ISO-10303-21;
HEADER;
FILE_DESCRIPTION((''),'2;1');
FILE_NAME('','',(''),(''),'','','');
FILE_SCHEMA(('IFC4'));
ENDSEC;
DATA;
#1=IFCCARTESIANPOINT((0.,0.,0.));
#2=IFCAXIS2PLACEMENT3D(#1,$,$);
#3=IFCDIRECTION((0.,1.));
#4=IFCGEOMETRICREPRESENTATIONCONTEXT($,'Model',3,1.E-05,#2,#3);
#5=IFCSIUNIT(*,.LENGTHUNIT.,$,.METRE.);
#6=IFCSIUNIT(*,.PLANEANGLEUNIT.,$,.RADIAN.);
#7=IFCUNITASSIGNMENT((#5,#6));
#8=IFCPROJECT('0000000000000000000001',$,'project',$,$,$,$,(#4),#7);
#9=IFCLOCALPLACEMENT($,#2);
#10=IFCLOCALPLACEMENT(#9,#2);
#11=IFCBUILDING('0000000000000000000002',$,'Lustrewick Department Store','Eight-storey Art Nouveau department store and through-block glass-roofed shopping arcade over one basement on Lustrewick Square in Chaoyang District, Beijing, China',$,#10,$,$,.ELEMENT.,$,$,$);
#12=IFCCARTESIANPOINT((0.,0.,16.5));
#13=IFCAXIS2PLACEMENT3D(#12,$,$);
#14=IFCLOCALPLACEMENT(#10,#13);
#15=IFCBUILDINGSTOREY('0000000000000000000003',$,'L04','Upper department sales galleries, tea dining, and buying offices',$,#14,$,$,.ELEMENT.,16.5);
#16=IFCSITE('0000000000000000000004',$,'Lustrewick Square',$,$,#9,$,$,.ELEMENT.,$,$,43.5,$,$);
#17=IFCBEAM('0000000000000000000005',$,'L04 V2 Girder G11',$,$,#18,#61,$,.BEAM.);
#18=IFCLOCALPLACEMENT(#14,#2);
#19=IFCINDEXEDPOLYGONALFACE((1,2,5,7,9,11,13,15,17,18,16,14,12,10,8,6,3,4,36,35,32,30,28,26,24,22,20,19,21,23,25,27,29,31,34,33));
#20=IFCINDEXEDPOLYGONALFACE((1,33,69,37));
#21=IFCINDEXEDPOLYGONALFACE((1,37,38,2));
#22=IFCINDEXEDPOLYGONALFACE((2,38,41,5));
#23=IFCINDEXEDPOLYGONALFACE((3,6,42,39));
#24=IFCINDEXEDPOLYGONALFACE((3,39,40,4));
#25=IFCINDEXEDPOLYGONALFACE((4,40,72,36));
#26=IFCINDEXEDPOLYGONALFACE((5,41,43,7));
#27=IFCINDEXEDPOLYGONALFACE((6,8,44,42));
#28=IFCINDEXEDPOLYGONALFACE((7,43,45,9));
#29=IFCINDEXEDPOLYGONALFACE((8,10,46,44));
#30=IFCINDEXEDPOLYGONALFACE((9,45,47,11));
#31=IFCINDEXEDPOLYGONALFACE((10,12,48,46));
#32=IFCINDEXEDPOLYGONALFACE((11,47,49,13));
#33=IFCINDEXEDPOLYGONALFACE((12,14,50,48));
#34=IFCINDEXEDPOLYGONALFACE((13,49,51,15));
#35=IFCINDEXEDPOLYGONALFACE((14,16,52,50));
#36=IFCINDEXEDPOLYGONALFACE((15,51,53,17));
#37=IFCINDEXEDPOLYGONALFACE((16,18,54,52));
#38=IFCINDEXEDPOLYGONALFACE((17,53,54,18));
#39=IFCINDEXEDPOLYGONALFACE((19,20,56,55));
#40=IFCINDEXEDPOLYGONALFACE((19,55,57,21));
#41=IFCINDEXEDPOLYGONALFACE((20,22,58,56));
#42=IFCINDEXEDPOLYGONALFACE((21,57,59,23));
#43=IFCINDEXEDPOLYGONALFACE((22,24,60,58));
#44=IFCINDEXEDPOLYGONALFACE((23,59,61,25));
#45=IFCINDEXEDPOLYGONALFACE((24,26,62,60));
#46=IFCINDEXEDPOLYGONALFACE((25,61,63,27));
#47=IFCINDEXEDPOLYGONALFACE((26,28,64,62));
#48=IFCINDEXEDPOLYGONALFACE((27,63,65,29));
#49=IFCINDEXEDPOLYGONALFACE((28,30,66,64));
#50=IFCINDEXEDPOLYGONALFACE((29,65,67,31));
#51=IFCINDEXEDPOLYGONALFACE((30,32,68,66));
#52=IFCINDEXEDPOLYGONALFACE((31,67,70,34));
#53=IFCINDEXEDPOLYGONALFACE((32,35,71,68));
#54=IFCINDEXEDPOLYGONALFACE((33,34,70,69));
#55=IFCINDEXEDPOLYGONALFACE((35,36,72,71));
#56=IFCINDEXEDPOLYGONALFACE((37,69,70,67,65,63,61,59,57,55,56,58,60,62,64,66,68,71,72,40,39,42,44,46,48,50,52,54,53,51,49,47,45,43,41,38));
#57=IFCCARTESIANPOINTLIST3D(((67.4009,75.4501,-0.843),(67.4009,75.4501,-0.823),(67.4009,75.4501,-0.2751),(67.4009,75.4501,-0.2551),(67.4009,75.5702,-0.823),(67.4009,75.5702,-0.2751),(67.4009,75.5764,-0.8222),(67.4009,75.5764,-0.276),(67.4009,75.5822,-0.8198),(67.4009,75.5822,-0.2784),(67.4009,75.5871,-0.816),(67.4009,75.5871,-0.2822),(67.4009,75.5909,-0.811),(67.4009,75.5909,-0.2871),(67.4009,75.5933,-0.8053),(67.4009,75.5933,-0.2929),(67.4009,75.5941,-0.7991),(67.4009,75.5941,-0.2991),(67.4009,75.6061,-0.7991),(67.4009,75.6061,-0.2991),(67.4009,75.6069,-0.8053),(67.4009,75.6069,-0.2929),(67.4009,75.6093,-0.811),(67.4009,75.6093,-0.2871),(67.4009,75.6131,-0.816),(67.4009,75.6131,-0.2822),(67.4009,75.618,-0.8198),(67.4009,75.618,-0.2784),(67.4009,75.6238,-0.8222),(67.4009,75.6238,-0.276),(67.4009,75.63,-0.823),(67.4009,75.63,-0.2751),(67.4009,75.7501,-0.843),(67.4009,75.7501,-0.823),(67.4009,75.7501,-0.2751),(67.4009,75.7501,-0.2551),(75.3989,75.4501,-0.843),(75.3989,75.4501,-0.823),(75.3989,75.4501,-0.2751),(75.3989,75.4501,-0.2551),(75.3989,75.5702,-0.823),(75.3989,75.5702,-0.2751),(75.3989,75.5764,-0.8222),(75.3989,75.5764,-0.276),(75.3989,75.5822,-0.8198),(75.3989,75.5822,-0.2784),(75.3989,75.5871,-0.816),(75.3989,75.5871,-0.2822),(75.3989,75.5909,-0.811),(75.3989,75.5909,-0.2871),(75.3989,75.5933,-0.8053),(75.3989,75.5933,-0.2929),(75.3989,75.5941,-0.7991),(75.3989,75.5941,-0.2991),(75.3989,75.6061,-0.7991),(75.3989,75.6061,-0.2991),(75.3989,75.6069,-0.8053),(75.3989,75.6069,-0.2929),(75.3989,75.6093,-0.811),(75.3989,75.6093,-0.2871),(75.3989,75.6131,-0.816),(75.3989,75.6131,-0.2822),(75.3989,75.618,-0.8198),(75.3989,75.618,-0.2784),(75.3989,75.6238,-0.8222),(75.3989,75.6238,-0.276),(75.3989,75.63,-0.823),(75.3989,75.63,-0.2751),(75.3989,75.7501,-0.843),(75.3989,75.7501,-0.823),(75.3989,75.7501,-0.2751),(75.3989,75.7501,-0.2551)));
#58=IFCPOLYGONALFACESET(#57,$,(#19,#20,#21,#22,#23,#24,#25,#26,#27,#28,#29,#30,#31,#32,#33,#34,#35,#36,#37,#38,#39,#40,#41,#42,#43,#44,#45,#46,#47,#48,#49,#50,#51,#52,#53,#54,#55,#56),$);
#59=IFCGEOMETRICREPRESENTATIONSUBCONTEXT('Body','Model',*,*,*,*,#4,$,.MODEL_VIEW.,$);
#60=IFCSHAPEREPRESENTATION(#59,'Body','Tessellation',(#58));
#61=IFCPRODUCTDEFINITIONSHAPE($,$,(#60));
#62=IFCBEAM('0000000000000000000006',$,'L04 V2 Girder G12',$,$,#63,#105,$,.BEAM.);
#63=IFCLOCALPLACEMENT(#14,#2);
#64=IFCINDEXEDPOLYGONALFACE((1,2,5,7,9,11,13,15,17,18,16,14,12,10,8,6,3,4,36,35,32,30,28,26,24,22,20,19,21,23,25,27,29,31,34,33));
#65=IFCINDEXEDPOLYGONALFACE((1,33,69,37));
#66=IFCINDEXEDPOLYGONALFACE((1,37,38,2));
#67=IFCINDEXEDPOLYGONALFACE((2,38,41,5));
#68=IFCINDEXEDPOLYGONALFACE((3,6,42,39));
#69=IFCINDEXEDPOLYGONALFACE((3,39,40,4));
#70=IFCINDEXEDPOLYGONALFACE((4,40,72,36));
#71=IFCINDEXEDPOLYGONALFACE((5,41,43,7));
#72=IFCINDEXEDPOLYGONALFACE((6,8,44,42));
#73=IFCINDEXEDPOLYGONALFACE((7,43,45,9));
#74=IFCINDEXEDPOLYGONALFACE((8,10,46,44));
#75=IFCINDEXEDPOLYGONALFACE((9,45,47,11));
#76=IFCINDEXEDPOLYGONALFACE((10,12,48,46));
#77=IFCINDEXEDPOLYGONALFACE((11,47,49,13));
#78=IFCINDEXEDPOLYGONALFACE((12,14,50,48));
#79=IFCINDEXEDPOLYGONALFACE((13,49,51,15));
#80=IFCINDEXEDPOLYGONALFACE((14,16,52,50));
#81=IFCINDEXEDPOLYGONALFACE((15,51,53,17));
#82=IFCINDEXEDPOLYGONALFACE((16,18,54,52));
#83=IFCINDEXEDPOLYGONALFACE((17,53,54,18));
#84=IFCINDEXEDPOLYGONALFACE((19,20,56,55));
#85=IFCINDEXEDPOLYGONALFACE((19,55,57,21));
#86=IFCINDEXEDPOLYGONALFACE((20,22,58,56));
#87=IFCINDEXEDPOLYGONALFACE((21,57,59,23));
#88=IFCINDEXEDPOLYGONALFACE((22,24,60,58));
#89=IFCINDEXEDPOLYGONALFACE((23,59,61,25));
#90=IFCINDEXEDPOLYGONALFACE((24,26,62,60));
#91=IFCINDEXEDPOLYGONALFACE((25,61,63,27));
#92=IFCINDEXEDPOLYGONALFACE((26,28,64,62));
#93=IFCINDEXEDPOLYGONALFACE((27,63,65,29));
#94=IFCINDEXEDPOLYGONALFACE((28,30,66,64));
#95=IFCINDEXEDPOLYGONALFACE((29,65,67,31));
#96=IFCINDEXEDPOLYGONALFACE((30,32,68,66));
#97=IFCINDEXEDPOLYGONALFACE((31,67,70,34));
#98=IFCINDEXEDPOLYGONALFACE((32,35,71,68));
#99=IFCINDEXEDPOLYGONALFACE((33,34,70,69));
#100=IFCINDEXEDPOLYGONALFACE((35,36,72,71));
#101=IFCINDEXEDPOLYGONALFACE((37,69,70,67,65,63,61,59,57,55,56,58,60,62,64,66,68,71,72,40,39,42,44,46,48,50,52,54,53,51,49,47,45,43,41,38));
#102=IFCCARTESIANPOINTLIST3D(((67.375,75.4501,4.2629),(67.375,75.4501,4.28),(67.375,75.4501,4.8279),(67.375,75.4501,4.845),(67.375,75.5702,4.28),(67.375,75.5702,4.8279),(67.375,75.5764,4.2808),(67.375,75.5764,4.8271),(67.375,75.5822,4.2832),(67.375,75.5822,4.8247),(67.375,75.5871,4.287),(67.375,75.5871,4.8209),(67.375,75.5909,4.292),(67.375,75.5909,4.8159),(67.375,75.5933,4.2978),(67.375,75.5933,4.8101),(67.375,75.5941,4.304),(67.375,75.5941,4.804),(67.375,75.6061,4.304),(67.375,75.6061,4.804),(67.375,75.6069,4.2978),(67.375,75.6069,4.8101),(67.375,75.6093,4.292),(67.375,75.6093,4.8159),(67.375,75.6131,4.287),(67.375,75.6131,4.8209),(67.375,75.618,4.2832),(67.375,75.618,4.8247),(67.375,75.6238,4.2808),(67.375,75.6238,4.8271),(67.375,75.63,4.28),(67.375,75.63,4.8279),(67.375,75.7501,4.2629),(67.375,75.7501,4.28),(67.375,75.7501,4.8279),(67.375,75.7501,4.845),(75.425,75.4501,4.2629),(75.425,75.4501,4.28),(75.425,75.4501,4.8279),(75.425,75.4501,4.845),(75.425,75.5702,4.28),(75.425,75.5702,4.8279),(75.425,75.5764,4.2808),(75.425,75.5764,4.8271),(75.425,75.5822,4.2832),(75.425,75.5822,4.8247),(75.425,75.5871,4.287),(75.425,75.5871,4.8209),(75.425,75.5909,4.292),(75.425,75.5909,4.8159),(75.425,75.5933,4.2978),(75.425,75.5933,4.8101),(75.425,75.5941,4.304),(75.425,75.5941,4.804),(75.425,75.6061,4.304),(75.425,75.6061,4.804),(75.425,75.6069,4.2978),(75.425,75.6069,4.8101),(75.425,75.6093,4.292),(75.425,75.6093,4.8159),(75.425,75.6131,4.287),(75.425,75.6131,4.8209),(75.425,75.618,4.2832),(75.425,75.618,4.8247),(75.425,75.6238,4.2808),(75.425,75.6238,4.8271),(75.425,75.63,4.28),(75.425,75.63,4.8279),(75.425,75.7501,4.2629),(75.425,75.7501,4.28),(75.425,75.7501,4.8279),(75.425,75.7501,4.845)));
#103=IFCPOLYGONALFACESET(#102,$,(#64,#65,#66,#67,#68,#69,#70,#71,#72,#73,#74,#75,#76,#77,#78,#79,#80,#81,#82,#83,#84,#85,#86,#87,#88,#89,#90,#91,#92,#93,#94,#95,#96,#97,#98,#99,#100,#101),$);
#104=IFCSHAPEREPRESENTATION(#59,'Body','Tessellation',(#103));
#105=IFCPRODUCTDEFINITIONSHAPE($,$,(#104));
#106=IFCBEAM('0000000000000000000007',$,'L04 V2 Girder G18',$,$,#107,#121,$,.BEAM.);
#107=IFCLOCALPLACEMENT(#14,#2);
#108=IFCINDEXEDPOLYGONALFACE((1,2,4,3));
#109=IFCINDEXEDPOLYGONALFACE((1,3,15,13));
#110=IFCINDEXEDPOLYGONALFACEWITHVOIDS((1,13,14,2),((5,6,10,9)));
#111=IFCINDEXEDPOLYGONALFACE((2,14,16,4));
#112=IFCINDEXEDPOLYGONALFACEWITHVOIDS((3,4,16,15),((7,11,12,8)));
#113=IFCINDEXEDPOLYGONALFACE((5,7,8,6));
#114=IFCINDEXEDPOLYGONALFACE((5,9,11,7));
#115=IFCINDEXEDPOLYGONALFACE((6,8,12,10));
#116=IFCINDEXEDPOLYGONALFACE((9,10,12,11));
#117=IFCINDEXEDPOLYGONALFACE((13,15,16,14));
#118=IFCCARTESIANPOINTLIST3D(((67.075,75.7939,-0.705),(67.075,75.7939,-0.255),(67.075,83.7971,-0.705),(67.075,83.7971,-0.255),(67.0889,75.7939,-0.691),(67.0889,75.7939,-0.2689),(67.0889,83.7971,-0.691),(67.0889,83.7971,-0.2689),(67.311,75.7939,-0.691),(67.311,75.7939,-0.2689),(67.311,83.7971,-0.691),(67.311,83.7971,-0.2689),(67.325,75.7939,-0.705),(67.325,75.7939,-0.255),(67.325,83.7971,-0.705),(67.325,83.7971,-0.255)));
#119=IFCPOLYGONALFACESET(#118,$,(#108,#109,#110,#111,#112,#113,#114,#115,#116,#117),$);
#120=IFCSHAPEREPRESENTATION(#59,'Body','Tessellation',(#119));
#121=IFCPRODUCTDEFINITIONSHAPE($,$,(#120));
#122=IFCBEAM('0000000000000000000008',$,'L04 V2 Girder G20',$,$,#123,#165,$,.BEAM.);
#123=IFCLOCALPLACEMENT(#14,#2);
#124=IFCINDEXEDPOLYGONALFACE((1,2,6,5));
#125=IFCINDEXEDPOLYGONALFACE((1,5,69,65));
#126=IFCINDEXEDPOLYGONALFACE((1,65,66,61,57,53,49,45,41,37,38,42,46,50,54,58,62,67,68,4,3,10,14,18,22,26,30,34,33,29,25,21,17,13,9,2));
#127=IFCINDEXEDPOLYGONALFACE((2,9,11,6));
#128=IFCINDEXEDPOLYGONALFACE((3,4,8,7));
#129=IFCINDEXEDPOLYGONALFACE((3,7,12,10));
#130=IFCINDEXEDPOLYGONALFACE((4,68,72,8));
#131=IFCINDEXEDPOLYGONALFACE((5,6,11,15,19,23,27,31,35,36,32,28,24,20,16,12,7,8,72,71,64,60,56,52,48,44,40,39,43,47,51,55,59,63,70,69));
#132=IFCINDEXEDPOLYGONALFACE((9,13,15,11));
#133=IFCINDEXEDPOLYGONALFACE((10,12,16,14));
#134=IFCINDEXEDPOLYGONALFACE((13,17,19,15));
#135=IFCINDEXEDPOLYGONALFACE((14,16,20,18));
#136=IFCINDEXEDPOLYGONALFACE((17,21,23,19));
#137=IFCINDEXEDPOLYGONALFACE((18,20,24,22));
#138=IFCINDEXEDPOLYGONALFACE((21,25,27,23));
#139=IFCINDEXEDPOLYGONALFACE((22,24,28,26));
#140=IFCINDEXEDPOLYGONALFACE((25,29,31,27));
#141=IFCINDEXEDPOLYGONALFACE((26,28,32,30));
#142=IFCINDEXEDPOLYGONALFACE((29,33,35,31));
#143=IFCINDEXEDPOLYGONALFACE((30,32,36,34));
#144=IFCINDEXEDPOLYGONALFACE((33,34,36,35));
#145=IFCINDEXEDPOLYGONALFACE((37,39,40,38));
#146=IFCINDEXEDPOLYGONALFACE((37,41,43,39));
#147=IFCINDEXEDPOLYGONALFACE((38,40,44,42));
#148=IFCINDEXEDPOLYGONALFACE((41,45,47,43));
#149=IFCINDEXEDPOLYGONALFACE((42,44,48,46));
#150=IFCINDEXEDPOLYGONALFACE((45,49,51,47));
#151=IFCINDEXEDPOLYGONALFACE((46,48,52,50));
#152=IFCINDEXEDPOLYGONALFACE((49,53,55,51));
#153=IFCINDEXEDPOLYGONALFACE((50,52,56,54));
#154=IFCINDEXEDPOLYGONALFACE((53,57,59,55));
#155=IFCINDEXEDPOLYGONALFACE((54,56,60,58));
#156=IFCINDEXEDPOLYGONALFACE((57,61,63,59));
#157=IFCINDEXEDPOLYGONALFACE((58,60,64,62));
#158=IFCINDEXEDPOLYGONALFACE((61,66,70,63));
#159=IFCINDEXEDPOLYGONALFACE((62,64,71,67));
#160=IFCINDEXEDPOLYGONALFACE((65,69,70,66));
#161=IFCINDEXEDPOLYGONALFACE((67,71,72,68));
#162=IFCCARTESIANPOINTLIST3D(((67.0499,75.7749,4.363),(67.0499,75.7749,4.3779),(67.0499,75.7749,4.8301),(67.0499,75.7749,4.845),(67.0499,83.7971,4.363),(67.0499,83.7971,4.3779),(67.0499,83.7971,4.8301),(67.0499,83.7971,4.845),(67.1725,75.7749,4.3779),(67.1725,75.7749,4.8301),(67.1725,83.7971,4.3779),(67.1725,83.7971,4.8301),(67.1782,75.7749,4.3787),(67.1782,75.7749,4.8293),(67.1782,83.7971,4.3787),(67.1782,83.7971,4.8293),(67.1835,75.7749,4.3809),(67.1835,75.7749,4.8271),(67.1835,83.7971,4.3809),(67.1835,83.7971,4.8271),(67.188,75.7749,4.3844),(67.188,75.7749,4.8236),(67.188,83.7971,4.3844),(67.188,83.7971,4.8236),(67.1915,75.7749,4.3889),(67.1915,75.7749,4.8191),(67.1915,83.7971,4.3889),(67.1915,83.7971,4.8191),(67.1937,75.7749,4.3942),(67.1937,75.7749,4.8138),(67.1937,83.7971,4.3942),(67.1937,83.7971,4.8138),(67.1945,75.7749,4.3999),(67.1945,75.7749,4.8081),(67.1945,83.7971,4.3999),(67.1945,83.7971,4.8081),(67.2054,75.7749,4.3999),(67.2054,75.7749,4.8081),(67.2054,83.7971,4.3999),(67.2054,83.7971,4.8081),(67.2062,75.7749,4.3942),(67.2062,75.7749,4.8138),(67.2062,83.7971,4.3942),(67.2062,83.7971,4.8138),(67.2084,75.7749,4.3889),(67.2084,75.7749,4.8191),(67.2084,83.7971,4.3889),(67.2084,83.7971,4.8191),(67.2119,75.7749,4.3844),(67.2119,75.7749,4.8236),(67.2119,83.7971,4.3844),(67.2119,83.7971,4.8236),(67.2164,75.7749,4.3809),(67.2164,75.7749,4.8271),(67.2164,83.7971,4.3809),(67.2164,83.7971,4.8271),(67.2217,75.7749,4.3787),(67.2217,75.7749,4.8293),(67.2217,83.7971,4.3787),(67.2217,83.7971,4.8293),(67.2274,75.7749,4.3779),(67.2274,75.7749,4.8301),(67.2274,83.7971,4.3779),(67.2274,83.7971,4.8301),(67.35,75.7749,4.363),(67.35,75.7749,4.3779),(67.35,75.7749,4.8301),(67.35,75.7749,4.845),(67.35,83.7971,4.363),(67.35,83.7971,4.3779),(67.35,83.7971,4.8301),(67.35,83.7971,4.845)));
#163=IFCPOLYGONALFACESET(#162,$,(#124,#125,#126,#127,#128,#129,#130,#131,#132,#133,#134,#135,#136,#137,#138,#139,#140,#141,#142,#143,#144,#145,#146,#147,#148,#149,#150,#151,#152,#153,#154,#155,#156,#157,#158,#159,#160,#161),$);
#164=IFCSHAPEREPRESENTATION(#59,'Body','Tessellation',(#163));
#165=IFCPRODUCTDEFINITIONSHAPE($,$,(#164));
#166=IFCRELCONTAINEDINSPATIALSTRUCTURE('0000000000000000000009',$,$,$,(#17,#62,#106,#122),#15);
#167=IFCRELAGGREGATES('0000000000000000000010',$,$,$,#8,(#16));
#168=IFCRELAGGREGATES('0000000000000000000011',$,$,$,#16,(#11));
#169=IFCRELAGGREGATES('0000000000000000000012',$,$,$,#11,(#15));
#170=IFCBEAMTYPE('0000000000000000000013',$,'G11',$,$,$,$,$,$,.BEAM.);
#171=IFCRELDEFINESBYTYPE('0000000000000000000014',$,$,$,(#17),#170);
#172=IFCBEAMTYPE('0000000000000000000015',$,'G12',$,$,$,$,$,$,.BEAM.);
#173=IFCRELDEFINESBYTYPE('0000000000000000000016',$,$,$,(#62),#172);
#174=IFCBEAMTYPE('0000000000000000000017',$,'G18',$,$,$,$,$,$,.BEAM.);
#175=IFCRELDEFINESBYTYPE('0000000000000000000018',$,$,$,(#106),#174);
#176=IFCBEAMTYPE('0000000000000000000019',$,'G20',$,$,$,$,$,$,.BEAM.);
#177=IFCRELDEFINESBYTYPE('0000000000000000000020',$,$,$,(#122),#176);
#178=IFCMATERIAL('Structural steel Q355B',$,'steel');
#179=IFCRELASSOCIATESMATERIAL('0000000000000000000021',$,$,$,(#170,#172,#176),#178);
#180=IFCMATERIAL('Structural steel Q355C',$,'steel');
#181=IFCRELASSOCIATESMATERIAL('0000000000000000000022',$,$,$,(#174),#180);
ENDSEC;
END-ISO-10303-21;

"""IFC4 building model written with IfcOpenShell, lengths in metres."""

from ifc_helpers import new_model, si_unit, direction, frame, origin, origin_2d, place, context, subcontext, project, spatial, hollow_rectangle, i_section, extrude, material, material_profile, profile_set, type_object, element, save


model = new_model("IFC4")

# Units and contexts
model_context = context("Model", 3, precision=1e-05, world=origin(), true_north=direction((0.0, 1.0)))
body_context = subcontext(model_context, "Body", "Model", "MODEL_VIEW")
ifc_project = project(units=[si_unit("LENGTHUNIT", "METRE"), si_unit("PLANEANGLEUNIT", "RADIAN")], contexts=[model_context])

# Site, building, storey
site_placement = place(None, origin())
site = spatial("IfcSite", under=ifc_project, at=site_placement, Name="Lustrewick Square", CompositionType="ELEMENT", RefElevation=43.5)
building_placement = place(site_placement, origin())
building = spatial("IfcBuilding", under=site, at=building_placement, Name="Lustrewick Department Store", Description="Eight-storey Art Nouveau department store and through-block glass-roofed shopping arcade over one basement on Lustrewick Square in Chaoyang District, Beijing, China", CompositionType="ELEMENT")
storey_placement = place(building_placement, frame((0.0, 0.0, 16.5)))
storey = spatial("IfcBuildingStorey", under=building, at=storey_placement, Name="L04", Description="Upper department sales galleries, tea dining, and buying offices", CompositionType="ELEMENT", Elevation=16.5)

# Shared definitions
ifc_material_1 = material(Name="Structural steel Q355B", Category="steel")
ifc_material_2 = material(Name="Structural steel Q355C", Category="steel")

# Beams
ifc_material_profile_1 = material_profile(ifc_material_1, i_section(OverallWidth=0.3, OverallDepth=0.5879, WebThickness=0.012, FlangeThickness=0.02, FilletRadius=0.0239, at=origin_2d()), Name="HM 588x300x12x20")
ifc_profile_set_1 = profile_set([ifc_material_profile_1], Name="Structural steel Q355B")
beam_type_1 = type_object("IfcBeamType", Name="G11", PredefinedType="BEAM", material=ifc_profile_set_1)
beam_1_placement = place(storey_placement, frame((67.4009, 75.6001, -0.5491), z_axis=(1.0, 0.0, 0.0), x_axis=(0.0, 1.0, 0.0)))
element("IfcBeam", 1, at=beam_1_placement, inside=storey, type_object=beam_type_1, Name="L04 V2 Girder G11", PredefinedType="BEAM", context=body_context, shape_type="SweptSolid", body=[
    extrude(i_section(OverallWidth=0.3, OverallDepth=0.5879, WebThickness=0.012, FlangeThickness=0.02, FilletRadius=0.0239, at=origin_2d()), origin(), (0.0, 0.0, 1.0), 7.998),
])
ifc_material_profile_2 = material_profile(ifc_material_1, i_section(OverallWidth=0.3, OverallDepth=0.582, WebThickness=0.012, FlangeThickness=0.0171, FilletRadius=0.0239, at=origin_2d()), Name="HM 582x300x12x17")
ifc_profile_set_2 = profile_set([ifc_material_profile_2], Name="Structural steel Q355B")
beam_type_2 = type_object("IfcBeamType", Name="G12", PredefinedType="BEAM", material=ifc_profile_set_2)
beam_2_placement = place(storey_placement, frame((67.375, 75.6001, 4.554), z_axis=(1.0, 0.0, 0.0), x_axis=(0.0, 1.0, 0.0)))
element("IfcBeam", 2, at=beam_2_placement, inside=storey, type_object=beam_type_2, Name="L04 V2 Girder G12", PredefinedType="BEAM", context=body_context, shape_type="SweptSolid", body=[
    extrude(i_section(OverallWidth=0.3, OverallDepth=0.582, WebThickness=0.012, FlangeThickness=0.0171, FilletRadius=0.0239, at=origin_2d()), origin(), (0.0, 0.0, 1.0), 8.05),
])
ifc_material_profile_3 = material_profile(ifc_material_2, hollow_rectangle(XDim=0.25, YDim=0.45, WallThickness=0.0139, at=origin_2d()), Name="RHS 450x250x14")
ifc_profile_set_3 = profile_set([ifc_material_profile_3], Name="Structural steel Q355C")
beam_type_3 = type_object("IfcBeamType", Name="G18", PredefinedType="BEAM", material=ifc_profile_set_3)
beam_3_placement = place(storey_placement, frame((67.2, 75.7939, -0.48), z_axis=(0.0, 1.0, 0.0), x_axis=(-1.0, 0.0, 0.0)))
element("IfcBeam", 3, at=beam_3_placement, inside=storey, type_object=beam_type_3, Name="L04 V2 Girder G18", PredefinedType="BEAM", context=body_context, shape_type="SweptSolid", body=[
    extrude(hollow_rectangle(XDim=0.25, YDim=0.45, WallThickness=0.0139, at=origin_2d()), origin(), (0.0, 0.0, 1.0), 8.0032),
])
ifc_material_profile_4 = material_profile(ifc_material_1, i_section(OverallWidth=0.3, OverallDepth=0.4819, WebThickness=0.011, FlangeThickness=0.0149, FilletRadius=0.022, at=origin_2d()), Name="HM 482x300x11x15")
ifc_profile_set_4 = profile_set([ifc_material_profile_4], Name="Structural steel Q355B")
beam_type_4 = type_object("IfcBeamType", Name="G20", PredefinedType="BEAM", material=ifc_profile_set_4)
beam_4_placement = place(storey_placement, frame((67.2, 75.7749, 4.604), z_axis=(0.0, 1.0, 0.0), x_axis=(-1.0, 0.0, 0.0)))
element("IfcBeam", 4, at=beam_4_placement, inside=storey, type_object=beam_type_4, Name="L04 V2 Girder G20", PredefinedType="BEAM", context=body_context, shape_type="SweptSolid", body=[
    extrude(i_section(OverallWidth=0.3, OverallDepth=0.4819, WebThickness=0.011, FlangeThickness=0.0149, FilletRadius=0.022, at=origin_2d()), origin(), (0.0, 0.0, 1.0), 8.0222),
])

save(model, "model.ifc")
